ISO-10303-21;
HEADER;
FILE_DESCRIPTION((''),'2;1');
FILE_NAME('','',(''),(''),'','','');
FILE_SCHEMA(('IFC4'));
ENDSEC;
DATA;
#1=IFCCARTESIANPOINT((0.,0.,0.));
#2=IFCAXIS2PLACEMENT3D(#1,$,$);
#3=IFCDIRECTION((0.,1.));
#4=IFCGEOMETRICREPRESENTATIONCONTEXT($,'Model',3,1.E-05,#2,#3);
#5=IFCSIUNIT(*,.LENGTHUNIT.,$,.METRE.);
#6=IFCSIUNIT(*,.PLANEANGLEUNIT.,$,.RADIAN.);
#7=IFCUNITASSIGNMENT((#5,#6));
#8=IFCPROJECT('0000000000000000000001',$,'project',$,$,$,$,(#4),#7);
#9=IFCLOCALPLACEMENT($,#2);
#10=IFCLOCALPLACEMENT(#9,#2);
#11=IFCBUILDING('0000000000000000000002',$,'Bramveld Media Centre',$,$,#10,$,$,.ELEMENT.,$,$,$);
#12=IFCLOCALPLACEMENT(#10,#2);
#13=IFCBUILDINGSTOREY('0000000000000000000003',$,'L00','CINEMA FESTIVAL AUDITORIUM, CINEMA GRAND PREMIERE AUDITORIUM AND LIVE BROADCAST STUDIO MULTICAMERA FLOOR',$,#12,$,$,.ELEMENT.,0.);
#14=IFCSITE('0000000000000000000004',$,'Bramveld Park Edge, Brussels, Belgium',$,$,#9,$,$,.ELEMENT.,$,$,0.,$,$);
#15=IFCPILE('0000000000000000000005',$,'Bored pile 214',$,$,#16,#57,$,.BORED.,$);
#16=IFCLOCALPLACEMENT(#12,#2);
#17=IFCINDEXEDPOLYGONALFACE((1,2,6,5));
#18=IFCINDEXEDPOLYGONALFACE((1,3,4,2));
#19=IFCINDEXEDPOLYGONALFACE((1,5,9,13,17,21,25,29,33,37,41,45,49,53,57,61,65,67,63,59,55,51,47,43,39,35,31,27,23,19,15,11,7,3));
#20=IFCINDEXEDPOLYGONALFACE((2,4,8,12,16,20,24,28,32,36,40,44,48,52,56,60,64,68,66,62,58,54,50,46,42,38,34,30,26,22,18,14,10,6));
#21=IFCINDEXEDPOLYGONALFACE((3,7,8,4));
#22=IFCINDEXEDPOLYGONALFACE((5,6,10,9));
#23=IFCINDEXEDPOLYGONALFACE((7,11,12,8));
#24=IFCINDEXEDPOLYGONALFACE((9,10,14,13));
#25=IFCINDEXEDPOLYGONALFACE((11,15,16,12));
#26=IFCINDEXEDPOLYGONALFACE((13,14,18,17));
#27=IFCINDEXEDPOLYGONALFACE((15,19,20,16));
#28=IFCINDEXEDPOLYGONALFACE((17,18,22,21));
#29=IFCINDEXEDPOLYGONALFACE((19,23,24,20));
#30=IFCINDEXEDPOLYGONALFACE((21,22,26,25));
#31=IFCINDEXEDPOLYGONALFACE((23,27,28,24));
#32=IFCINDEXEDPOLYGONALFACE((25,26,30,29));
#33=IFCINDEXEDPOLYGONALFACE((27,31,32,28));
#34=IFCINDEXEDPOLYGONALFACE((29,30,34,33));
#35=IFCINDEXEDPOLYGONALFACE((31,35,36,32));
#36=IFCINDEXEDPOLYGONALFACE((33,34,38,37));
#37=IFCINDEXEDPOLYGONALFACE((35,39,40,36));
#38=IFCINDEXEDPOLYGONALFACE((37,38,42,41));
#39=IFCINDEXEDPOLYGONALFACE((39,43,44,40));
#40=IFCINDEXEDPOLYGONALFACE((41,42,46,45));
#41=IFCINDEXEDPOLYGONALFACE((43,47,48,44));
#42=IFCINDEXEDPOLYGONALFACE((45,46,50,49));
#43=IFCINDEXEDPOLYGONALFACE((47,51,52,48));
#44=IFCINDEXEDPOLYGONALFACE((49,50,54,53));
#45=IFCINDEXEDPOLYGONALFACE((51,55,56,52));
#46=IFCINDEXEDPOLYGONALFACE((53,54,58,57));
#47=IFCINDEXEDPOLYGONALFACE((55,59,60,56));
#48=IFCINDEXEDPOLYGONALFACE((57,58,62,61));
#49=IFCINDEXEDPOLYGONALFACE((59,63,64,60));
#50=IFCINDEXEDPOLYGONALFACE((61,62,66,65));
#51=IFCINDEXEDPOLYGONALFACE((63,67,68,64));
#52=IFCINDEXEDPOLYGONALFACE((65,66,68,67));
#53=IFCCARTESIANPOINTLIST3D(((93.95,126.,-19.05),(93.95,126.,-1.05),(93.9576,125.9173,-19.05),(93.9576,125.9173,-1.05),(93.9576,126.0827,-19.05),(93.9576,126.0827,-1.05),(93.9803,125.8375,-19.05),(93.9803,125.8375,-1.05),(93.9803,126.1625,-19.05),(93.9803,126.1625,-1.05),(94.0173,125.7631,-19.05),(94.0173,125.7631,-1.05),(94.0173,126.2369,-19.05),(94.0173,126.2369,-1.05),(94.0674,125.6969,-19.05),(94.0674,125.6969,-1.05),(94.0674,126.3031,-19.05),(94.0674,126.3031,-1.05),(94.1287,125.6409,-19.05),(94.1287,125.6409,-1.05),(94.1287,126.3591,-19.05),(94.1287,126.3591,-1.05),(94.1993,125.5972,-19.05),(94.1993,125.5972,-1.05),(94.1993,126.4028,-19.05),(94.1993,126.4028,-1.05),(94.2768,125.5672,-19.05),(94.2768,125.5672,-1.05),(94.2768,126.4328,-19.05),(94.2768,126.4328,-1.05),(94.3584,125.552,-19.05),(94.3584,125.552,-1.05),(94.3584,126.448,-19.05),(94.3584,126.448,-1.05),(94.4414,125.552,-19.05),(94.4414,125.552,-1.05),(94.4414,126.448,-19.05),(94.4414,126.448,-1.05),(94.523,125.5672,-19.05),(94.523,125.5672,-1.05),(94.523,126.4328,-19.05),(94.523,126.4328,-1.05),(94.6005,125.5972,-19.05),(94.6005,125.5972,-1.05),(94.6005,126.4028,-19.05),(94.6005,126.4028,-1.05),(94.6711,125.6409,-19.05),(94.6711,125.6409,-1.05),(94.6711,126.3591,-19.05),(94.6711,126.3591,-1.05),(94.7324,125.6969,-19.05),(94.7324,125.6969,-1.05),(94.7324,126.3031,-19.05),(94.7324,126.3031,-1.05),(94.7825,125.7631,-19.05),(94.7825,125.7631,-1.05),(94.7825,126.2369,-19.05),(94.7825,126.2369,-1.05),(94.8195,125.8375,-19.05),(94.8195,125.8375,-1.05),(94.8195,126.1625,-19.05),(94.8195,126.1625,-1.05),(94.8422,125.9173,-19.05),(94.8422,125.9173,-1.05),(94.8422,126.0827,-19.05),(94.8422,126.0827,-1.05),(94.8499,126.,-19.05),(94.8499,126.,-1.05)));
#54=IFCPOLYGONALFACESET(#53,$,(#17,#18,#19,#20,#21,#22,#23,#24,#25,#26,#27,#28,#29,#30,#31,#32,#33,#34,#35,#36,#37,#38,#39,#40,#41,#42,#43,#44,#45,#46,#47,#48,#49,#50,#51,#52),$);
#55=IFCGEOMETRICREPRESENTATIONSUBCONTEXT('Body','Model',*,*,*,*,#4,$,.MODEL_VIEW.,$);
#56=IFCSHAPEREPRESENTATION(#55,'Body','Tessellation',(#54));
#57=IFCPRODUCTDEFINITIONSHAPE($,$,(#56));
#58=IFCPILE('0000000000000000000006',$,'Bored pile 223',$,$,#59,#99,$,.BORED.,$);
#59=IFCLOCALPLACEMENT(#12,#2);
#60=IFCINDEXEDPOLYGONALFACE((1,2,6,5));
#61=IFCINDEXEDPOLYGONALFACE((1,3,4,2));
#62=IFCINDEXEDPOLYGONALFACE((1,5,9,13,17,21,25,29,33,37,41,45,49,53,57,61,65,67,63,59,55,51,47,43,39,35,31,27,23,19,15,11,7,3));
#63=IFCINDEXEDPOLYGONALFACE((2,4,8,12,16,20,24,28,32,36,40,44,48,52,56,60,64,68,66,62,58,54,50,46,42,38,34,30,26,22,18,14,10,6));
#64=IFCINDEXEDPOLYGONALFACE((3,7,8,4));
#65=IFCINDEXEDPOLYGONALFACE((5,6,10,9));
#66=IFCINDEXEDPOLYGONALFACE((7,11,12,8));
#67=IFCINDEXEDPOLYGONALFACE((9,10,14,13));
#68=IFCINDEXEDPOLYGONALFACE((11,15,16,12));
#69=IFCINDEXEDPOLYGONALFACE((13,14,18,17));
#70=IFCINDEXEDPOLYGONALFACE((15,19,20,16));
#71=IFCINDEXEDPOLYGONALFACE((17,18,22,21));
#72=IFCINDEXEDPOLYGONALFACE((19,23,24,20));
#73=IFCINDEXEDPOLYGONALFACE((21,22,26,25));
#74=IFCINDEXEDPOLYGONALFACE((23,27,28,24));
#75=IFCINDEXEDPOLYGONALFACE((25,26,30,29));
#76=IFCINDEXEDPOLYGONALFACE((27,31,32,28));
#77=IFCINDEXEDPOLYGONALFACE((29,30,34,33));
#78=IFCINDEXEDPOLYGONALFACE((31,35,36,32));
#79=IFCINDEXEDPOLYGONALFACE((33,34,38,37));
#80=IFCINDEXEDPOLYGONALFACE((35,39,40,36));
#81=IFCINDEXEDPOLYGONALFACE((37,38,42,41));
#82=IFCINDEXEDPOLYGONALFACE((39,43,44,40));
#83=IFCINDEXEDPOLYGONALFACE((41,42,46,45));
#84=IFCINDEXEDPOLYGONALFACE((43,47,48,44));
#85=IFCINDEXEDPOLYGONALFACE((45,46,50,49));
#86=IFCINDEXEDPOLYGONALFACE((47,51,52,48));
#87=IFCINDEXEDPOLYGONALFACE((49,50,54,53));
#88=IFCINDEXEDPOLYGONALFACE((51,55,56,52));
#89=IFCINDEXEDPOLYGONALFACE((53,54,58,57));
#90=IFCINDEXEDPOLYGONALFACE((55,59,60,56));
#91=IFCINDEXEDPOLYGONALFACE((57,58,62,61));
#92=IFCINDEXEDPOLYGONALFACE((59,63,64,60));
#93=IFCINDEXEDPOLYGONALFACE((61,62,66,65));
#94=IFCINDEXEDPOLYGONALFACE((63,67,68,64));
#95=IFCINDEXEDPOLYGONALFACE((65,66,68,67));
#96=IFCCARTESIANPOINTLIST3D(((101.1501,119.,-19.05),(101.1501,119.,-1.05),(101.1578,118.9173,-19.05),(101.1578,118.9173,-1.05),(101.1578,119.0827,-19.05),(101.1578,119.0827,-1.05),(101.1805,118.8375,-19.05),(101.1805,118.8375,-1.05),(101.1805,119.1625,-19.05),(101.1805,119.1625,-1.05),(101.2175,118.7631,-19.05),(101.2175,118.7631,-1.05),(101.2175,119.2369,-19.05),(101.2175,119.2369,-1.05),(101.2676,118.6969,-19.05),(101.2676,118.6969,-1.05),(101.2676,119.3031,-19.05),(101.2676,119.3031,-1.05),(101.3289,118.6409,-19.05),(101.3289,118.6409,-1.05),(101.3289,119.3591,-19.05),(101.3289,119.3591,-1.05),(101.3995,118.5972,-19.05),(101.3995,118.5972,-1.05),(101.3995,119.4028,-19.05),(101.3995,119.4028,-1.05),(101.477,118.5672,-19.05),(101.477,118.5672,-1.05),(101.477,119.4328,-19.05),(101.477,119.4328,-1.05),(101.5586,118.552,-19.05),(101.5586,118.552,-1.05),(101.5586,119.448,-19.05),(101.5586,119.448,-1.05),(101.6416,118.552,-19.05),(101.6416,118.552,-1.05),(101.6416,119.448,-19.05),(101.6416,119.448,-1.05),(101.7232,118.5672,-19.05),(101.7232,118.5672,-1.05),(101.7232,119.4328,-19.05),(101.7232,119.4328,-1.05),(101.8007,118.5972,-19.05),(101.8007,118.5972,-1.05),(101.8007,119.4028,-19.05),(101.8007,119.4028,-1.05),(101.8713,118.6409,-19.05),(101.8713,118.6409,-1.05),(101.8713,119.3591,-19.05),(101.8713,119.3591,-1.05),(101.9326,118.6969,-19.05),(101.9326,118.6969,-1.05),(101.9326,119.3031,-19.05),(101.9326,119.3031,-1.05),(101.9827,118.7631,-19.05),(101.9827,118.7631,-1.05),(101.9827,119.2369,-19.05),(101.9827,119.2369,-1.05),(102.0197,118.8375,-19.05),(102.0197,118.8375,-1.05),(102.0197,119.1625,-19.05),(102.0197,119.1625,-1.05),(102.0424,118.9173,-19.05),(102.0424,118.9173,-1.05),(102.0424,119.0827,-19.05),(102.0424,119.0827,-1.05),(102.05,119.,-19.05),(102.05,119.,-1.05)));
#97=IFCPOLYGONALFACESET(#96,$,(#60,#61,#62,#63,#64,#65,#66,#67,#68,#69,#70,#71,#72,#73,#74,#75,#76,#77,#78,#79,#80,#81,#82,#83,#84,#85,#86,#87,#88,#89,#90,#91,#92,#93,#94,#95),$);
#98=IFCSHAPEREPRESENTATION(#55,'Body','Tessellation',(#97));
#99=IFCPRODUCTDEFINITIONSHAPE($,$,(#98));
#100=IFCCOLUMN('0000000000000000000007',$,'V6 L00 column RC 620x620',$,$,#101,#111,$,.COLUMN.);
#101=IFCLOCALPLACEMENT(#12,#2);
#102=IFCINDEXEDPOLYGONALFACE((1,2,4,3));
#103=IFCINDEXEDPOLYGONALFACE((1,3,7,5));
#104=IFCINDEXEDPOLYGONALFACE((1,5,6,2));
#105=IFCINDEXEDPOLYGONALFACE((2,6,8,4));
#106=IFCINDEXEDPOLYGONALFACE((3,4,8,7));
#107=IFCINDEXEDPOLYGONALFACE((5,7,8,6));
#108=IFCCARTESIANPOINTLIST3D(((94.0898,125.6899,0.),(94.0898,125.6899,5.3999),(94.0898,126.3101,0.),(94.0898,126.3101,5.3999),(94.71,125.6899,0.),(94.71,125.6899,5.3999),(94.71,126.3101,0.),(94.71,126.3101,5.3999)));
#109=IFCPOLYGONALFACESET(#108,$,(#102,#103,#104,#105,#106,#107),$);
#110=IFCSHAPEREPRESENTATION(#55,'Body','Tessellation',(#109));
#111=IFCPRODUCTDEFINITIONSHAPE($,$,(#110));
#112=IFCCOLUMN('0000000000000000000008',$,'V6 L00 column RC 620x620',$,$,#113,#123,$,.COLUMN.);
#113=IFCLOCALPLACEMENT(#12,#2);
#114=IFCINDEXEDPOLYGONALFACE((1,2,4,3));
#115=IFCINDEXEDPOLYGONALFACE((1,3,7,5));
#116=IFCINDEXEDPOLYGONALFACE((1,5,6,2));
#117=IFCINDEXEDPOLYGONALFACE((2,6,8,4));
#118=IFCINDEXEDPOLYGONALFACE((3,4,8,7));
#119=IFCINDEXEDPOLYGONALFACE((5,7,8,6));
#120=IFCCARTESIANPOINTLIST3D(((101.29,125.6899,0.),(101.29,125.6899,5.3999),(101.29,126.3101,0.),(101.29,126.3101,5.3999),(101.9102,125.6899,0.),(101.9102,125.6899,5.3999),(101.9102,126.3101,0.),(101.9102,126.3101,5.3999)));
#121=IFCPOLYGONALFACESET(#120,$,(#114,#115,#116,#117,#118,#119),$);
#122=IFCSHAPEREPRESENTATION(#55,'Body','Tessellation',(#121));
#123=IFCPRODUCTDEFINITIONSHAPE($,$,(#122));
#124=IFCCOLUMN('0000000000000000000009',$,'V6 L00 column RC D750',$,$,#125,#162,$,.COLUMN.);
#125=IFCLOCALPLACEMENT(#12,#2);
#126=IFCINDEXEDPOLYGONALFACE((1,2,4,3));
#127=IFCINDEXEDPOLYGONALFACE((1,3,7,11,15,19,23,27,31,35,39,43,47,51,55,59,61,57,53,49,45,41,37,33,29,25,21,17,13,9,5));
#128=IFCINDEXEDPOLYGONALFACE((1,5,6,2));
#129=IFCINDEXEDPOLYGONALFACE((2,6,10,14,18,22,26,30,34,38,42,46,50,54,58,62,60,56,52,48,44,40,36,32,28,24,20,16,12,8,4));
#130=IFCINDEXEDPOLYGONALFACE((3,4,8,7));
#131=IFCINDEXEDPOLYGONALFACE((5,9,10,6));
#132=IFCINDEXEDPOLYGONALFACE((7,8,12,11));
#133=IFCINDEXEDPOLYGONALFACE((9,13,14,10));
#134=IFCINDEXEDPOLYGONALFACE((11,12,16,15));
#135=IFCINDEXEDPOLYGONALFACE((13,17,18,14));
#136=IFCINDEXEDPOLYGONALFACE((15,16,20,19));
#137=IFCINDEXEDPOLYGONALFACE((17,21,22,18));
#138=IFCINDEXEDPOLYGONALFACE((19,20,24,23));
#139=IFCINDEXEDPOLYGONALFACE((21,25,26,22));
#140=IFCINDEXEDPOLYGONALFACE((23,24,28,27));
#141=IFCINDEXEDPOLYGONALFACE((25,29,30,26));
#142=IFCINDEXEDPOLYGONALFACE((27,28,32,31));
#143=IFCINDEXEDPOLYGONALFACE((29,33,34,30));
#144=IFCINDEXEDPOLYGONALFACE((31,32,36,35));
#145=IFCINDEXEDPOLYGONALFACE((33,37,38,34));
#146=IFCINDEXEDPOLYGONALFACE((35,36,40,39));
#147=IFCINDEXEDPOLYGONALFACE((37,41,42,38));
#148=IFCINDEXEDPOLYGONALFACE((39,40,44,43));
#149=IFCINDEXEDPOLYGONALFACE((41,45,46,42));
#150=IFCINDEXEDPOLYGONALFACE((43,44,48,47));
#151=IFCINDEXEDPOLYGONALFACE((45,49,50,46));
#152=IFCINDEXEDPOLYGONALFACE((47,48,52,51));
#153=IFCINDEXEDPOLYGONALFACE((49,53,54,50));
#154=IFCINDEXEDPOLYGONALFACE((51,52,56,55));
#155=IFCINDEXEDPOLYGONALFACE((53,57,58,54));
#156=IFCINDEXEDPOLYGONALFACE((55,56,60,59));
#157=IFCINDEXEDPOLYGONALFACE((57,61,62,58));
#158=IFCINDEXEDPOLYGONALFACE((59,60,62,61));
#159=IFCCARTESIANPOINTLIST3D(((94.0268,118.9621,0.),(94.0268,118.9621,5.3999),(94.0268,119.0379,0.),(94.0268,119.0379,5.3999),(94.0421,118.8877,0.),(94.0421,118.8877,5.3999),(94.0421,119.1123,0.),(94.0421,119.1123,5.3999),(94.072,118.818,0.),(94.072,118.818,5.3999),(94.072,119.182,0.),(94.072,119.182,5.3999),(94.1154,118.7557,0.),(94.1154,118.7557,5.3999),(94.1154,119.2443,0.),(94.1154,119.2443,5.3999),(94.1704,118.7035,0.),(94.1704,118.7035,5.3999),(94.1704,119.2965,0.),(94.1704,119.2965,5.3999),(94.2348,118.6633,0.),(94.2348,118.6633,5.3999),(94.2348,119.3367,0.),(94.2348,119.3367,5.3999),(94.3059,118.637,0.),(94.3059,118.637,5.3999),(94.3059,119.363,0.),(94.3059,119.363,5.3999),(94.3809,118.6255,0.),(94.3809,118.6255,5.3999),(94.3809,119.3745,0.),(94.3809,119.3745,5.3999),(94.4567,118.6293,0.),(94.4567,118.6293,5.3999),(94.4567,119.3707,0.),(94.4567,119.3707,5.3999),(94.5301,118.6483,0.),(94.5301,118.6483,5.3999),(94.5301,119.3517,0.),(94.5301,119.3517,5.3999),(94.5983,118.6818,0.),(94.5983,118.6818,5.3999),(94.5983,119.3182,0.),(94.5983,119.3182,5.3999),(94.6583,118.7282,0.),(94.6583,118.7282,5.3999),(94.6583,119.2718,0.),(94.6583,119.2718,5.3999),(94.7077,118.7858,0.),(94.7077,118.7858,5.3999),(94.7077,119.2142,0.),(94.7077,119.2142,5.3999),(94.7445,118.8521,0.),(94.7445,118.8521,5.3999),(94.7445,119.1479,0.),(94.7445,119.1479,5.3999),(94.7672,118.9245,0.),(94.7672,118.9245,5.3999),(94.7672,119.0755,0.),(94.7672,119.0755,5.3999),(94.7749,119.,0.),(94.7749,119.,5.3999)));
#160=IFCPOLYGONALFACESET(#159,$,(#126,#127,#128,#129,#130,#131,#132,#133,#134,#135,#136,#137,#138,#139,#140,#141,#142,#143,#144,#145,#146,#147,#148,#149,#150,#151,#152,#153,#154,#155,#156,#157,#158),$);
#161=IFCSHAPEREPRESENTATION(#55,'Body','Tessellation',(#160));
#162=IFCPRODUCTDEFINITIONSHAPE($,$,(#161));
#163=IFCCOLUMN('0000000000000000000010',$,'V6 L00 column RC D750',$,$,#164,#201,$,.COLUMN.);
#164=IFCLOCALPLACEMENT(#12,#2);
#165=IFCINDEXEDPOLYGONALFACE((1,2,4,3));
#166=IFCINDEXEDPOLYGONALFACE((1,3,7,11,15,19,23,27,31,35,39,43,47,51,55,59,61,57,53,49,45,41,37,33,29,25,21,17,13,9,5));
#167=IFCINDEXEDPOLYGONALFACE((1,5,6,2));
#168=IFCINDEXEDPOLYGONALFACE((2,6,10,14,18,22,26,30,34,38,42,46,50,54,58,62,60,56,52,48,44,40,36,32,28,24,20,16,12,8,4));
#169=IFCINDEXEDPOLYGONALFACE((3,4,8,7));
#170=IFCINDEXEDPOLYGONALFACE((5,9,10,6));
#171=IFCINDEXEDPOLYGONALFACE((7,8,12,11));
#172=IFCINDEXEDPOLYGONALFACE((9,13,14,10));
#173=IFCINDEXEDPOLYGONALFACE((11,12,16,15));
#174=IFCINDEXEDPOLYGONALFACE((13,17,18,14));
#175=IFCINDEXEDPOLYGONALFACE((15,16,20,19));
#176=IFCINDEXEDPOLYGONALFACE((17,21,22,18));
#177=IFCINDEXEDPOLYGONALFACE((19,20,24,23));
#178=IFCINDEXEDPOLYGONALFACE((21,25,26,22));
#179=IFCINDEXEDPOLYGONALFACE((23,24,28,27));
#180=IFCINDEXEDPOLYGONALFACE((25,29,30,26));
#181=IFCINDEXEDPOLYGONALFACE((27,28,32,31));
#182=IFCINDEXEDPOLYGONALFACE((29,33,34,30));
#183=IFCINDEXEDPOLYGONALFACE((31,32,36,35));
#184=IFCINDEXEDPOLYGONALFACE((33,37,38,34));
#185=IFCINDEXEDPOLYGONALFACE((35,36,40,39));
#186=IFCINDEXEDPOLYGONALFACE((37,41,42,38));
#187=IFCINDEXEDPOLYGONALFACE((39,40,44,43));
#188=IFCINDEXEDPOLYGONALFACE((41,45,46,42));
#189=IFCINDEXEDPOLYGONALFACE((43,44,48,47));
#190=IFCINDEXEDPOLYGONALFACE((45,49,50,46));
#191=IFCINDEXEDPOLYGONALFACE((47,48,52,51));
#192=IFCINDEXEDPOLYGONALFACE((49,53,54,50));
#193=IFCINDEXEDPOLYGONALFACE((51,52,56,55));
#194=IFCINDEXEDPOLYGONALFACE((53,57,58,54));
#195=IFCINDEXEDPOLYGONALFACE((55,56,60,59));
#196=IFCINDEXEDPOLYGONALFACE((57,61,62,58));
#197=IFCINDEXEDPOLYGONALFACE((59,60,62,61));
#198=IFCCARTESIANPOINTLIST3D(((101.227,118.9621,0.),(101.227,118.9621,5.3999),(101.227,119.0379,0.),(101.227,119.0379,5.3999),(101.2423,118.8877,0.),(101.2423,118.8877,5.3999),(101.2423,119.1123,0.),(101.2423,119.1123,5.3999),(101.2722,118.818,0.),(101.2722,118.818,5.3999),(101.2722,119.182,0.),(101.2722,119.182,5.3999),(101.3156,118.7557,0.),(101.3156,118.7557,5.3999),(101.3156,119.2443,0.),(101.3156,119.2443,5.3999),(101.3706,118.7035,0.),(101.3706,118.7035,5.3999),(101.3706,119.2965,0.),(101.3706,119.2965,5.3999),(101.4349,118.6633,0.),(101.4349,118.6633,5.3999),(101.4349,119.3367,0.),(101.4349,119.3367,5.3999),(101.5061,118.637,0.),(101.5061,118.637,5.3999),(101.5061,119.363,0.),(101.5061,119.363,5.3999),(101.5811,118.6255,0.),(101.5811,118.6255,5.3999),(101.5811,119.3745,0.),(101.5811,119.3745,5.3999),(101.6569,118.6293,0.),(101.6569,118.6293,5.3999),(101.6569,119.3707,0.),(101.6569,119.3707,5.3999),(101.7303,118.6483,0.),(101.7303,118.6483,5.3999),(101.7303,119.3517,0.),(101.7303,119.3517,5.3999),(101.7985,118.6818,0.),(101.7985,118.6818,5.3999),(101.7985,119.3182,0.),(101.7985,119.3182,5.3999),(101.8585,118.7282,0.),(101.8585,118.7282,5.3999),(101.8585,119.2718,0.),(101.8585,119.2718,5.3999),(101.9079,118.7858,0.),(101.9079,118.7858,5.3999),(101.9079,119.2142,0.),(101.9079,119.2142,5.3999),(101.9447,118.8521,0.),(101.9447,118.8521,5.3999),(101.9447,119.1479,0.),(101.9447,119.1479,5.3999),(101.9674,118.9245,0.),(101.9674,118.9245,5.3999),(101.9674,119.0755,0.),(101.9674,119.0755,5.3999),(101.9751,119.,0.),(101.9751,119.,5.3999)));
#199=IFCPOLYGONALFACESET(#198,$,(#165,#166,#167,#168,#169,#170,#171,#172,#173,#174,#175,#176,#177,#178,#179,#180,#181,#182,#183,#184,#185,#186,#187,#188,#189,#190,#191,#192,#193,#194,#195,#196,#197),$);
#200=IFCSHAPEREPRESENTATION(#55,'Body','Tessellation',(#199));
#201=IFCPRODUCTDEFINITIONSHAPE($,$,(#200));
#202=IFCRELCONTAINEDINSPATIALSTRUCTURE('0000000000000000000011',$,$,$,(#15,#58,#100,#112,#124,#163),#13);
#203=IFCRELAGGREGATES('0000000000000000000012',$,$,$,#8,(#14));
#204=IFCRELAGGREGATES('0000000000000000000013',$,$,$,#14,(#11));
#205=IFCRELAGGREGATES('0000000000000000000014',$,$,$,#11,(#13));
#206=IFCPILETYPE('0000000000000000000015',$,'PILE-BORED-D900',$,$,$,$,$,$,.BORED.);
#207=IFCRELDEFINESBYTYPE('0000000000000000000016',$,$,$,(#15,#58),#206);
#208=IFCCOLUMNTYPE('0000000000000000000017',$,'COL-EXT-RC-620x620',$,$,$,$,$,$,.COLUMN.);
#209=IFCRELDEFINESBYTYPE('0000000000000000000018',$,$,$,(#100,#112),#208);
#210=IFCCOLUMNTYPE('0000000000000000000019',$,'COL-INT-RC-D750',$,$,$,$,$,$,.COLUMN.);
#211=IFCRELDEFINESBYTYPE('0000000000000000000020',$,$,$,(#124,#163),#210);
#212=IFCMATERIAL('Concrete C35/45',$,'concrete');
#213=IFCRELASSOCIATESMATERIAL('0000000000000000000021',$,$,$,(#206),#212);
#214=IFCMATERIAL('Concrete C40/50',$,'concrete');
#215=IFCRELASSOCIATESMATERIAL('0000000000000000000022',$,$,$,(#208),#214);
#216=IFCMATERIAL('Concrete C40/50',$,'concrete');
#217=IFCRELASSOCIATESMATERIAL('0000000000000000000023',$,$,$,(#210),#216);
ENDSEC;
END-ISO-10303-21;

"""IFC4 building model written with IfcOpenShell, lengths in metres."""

from ifc_helpers import new_model, si_unit, direction, frame, origin, origin_2d, place, context, subcontext, project, spatial, rectangle, circle, extrude, material, material_profile, profile_set, type_object, element, save


model = new_model("IFC4")

# Units and contexts
model_context = context("Model", 3, precision=1e-05, world=origin(), true_north=direction((0.0, 1.0)))
body_context = subcontext(model_context, "Body", "Model", "MODEL_VIEW")
ifc_project = project(units=[si_unit("LENGTHUNIT", "METRE"), si_unit("PLANEANGLEUNIT", "RADIAN")], contexts=[model_context])

# Site, building, storey
site_placement = place(None, origin())
site = spatial("IfcSite", under=ifc_project, at=site_placement, Name="Bramveld Park Edge, Brussels, Belgium", CompositionType="ELEMENT", RefElevation=0.0)
building_placement = place(site_placement, origin())
building = spatial("IfcBuilding", under=site, at=building_placement, Name="Bramveld Media Centre", CompositionType="ELEMENT")
storey_placement = place(building_placement, origin())
storey = spatial("IfcBuildingStorey", under=building, at=storey_placement, Name="L00", Description="CINEMA FESTIVAL AUDITORIUM, CINEMA GRAND PREMIERE AUDITORIUM AND LIVE BROADCAST STUDIO MULTICAMERA FLOOR", CompositionType="ELEMENT", Elevation=0.0)

# Piles
ifc_material_1 = material(Name="Concrete C35/45", Category="concrete")
ifc_material_profile_1 = material_profile(ifc_material_1, circle(Radius=0.45, at=origin_2d()), Name="BORED D900")
ifc_profile_set_1 = profile_set([ifc_material_profile_1], Name="Concrete C35/45")
pile_type = type_object("IfcPileType", Name="PILE-BORED-D900", PredefinedType="BORED", material=ifc_profile_set_1)
for number, where, z_axis, x_axis, name in (
    (1, (94.3999, 126.0, -1.05), (0.0, 0.0, -1.0), (1.0, 0.0, 0.0), "Bored pile 214"),
    (2, (101.6001, 119.0, -1.05), (0.0, 0.0, -1.0), (1.0, 0.0, 0.0), "Bored pile 223"),
):
    element("IfcPile", number, at=place(storey_placement, frame(where, z_axis=z_axis, x_axis=x_axis)), inside=storey, type_object=pile_type, Name=name, PredefinedType="BORED", context=body_context, shape_type="SweptSolid", body=[
        extrude(circle(Radius=0.45, at=origin_2d()), origin(), (0.0, 0.0, 1.0), 18.0),
    ])

# Columns
ifc_material_2 = material(Name="Concrete C40/50", Category="concrete")
ifc_material_profile_2 = material_profile(ifc_material_2, rectangle(XDim=0.6201, YDim=0.6201, at=origin_2d()), Name="RC 620x620")
ifc_profile_set_2 = profile_set([ifc_material_profile_2], Name="Concrete C40/50")
column_type_1 = type_object("IfcColumnType", Name="COL-EXT-RC-620x620", PredefinedType="COLUMN", material=ifc_profile_set_2)
for number, where, z_axis, x_axis, name in (
    (3, (94.3999, 126.0, 0.0), (0.0, 0.0, 1.0), (1.0, 0.0, 0.0), "V6 L00 column RC 620x620"),
    (4, (101.6001, 126.0, 0.0), (0.0, 0.0, 1.0), (1.0, 0.0, 0.0), "V6 L00 column RC 620x620"),
):
    element("IfcColumn", number, at=place(storey_placement, frame(where, z_axis=z_axis, x_axis=x_axis)), inside=storey, type_object=column_type_1, Name=name, PredefinedType="COLUMN", context=body_context, shape_type="SweptSolid", body=[
        extrude(rectangle(XDim=0.6201, YDim=0.6201, at=origin_2d()), origin(), (0.0, 0.0, 1.0), 5.3999),
    ])
ifc_material_3 = material(Name="Concrete C40/50", Category="concrete")
ifc_material_profile_3 = material_profile(ifc_material_3, circle(Radius=0.375, at=origin_2d()), Name="RC D750")
ifc_profile_set_3 = profile_set([ifc_material_profile_3], Name="Concrete C40/50")
column_type_2 = type_object("IfcColumnType", Name="COL-INT-RC-D750", PredefinedType="COLUMN", material=ifc_profile_set_3)
for number, where, z_axis, x_axis, name in (
    (5, (94.3999, 119.0, 0.0), (0.0, 0.0, 1.0), (1.0, 0.0, 0.0), "V6 L00 column RC D750"),
    (6, (101.6001, 119.0, 0.0), (0.0, 0.0, 1.0), (1.0, 0.0, 0.0), "V6 L00 column RC D750"),
):
    element("IfcColumn", number, at=place(storey_placement, frame(where, z_axis=z_axis, x_axis=x_axis)), inside=storey, type_object=column_type_2, Name=name, PredefinedType="COLUMN", context=body_context, shape_type="SweptSolid", body=[
        extrude(circle(Radius=0.375, at=origin_2d()), origin(), (0.0, 0.0, 1.0), 5.3999),
    ])

save(model, "model.ifc")
